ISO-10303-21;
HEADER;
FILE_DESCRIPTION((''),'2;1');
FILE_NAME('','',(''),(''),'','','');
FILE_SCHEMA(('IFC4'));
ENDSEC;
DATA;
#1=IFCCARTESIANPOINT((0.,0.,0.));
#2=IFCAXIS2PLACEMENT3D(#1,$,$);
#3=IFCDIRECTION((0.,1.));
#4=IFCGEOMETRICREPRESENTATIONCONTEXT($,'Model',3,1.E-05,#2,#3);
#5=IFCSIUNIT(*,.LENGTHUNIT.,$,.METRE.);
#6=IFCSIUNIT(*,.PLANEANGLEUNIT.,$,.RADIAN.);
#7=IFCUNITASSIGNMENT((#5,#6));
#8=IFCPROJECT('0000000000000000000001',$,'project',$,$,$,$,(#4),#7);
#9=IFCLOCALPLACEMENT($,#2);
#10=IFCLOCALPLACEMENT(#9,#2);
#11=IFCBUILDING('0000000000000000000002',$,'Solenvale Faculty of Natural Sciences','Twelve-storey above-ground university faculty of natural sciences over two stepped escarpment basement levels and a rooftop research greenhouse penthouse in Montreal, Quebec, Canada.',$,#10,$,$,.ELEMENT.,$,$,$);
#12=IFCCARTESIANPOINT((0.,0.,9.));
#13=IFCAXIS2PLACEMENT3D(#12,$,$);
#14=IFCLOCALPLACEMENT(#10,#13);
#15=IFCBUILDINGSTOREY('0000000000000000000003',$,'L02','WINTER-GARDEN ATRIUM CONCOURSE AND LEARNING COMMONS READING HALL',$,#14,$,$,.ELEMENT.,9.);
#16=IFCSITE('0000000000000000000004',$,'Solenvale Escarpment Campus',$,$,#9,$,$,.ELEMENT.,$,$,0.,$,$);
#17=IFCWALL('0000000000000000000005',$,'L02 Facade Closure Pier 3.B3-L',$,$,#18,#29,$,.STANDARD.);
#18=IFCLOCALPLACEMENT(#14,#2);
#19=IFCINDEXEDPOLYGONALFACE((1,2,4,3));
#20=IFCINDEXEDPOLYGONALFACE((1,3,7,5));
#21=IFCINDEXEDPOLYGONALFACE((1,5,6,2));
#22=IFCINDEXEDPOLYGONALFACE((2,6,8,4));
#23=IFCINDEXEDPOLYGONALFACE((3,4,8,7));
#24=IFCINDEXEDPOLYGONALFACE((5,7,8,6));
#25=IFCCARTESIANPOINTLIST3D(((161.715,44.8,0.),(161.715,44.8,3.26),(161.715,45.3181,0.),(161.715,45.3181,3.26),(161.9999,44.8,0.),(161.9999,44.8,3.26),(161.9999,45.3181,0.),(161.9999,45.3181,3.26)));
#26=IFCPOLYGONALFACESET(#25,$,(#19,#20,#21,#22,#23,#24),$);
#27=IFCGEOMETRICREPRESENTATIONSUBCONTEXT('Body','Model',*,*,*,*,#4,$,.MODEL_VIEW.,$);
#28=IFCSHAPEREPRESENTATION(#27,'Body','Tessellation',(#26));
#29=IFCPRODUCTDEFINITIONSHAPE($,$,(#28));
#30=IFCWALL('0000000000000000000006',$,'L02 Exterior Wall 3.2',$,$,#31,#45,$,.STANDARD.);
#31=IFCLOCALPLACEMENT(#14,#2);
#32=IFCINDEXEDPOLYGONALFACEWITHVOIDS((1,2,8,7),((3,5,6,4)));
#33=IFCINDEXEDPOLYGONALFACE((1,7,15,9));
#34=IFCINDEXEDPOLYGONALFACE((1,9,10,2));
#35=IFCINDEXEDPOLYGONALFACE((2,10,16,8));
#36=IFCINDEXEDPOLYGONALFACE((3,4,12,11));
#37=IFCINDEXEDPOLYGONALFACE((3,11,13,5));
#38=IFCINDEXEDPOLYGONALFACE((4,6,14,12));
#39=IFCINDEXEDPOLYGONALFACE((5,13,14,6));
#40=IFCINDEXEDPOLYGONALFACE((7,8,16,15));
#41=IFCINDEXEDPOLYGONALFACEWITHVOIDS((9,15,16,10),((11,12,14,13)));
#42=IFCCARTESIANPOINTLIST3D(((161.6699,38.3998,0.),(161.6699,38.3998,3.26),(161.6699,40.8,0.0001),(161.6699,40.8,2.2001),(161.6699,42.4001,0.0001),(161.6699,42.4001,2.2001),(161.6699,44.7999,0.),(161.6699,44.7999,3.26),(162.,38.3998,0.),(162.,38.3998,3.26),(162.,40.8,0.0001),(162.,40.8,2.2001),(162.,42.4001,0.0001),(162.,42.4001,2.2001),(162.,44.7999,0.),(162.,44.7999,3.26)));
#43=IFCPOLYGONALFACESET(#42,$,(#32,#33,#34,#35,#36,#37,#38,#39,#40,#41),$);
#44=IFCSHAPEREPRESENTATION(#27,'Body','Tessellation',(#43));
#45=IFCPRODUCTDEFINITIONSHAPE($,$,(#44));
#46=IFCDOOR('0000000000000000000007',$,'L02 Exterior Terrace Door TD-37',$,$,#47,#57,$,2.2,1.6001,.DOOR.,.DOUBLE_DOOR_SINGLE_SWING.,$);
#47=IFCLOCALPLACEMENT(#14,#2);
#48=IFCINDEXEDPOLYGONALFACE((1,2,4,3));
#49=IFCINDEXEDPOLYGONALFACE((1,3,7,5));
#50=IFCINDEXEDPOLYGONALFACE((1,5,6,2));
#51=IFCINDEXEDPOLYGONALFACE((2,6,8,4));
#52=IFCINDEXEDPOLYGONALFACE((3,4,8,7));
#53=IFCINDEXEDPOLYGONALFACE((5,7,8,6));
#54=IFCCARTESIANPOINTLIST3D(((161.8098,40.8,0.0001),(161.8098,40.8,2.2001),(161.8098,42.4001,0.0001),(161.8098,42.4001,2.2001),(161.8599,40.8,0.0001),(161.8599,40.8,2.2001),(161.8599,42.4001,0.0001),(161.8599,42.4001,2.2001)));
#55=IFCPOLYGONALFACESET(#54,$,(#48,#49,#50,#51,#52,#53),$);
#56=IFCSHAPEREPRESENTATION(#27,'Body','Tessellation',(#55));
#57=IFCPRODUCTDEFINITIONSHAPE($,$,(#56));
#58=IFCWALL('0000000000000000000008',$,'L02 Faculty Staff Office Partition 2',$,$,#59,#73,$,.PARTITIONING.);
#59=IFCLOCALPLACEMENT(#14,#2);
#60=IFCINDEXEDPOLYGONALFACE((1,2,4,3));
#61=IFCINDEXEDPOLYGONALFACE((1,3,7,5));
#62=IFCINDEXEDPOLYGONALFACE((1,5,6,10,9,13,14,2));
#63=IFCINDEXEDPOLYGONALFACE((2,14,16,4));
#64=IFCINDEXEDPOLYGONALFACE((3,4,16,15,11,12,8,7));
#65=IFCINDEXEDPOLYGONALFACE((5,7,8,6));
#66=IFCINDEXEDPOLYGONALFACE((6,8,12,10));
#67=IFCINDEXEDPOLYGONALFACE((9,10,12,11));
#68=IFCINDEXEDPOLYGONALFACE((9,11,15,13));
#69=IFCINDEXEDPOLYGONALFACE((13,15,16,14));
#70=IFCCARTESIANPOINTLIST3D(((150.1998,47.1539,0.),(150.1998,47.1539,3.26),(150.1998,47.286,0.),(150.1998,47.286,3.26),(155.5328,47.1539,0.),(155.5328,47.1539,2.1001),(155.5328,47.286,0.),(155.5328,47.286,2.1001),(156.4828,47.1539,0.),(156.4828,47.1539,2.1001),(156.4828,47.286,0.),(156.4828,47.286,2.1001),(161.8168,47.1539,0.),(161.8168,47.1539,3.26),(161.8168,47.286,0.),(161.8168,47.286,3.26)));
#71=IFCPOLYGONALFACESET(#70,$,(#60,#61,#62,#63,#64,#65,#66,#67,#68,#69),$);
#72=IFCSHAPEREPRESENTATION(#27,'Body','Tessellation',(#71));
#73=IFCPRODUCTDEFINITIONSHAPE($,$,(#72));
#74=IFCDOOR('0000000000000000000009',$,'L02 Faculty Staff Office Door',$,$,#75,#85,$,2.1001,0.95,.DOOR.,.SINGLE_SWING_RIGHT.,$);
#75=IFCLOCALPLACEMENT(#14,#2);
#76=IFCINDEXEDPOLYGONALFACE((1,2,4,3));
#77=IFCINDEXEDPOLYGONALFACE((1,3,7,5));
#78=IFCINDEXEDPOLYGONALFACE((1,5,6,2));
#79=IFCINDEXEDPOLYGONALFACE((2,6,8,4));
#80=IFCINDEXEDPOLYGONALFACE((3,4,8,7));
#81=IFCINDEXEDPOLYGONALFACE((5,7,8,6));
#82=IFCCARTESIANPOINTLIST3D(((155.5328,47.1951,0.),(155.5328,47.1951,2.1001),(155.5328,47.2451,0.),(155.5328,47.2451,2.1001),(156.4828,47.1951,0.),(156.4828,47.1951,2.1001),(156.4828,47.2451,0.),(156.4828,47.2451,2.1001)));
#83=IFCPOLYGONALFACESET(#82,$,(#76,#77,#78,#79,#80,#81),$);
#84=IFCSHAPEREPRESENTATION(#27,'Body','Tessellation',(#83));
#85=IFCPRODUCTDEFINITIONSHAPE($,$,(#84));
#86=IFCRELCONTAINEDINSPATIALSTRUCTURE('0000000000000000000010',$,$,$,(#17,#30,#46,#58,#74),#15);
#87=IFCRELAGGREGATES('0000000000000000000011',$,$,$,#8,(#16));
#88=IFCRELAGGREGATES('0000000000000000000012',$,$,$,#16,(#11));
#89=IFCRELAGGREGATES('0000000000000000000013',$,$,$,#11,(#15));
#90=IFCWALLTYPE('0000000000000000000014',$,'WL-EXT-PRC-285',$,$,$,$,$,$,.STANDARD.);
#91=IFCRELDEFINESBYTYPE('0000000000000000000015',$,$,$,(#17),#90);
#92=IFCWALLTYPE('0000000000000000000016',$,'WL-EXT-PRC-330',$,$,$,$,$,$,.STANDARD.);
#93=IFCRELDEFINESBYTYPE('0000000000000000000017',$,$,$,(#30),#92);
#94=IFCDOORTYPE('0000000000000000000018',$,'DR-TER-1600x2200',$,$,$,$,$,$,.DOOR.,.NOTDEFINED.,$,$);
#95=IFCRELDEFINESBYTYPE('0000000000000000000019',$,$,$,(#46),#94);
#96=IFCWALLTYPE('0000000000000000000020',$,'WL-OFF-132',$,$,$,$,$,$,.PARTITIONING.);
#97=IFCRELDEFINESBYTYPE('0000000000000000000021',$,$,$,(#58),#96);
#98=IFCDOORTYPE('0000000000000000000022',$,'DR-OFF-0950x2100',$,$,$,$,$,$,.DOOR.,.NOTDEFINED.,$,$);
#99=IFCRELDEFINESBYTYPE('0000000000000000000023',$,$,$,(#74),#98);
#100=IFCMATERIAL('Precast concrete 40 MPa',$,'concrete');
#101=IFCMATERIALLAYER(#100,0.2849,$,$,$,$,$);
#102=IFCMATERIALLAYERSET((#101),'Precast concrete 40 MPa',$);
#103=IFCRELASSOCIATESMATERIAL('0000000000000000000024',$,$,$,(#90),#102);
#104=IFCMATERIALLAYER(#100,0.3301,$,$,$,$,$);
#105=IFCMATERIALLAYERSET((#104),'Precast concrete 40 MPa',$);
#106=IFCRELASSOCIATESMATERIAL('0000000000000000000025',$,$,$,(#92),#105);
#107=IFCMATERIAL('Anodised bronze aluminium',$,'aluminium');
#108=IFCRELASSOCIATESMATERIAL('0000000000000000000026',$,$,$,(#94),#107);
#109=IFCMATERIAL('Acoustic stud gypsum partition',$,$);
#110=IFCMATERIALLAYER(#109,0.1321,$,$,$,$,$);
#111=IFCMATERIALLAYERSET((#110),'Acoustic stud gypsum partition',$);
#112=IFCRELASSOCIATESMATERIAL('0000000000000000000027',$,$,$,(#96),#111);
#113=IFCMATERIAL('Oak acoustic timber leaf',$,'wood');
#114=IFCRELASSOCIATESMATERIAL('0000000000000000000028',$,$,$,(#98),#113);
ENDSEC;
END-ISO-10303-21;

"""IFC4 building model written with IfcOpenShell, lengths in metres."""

from ifc_helpers import new_model, si_unit, direction, frame, frame_2d, origin, place, context, subcontext, project, spatial, rectangle, extrude, material, layer, layer_set, type_object, element, fill, save


model = new_model("IFC4")

# Units and contexts
model_context = context("Model", 3, precision=1e-05, world=origin(), true_north=direction((0.0, 1.0)))
body_context = subcontext(model_context, "Body", "Model", "MODEL_VIEW")
ifc_project = project(units=[si_unit("LENGTHUNIT", "METRE"), si_unit("PLANEANGLEUNIT", "RADIAN")], contexts=[model_context])

# Site, building, storey
site_placement = place(None, origin())
site = spatial("IfcSite", under=ifc_project, at=site_placement, Name="Solenvale Escarpment Campus", CompositionType="ELEMENT", RefElevation=0.0)
building_placement = place(site_placement, origin())
building = spatial("IfcBuilding", under=site, at=building_placement, Name="Solenvale Faculty of Natural Sciences", Description="Twelve-storey above-ground university faculty of natural sciences over two stepped escarpment basement levels and a rooftop research greenhouse penthouse in Montreal, Quebec, Canada.", CompositionType="ELEMENT")
storey_placement = place(building_placement, frame((0.0, 0.0, 9.0)))
storey = spatial("IfcBuildingStorey", under=building, at=storey_placement, Name="L02", Description="WINTER-GARDEN ATRIUM CONCOURSE AND LEARNING COMMONS READING HALL", CompositionType="ELEMENT", Elevation=9.0)

# Shared definitions
ifc_material_1 = material(Name="Anodised bronze aluminium", Category="aluminium")

# Shared definitions
ifc_material_2 = material(Name="Precast concrete 40 MPa", Category="concrete")

# Wall
ifc_layer_1 = layer(ifc_material_2, 0.2849)
ifc_layer_set_1 = layer_set([ifc_layer_1], Name="Precast concrete 40 MPa")
wall_type_1 = type_object("IfcWallType", Name="WL-EXT-PRC-285", PredefinedType="STANDARD", material=ifc_layer_set_1)
wall_1_placement = place(storey_placement, frame((161.8574, 44.8, 0.0), z_axis=(0.0, 0.0, 1.0), x_axis=(0.0, 1.0, 0.0)))
element("IfcWall", 1, at=wall_1_placement, inside=storey, type_object=wall_type_1, Name="L02 Facade Closure Pier 3.B3-L", PredefinedType="STANDARD", context=body_context, shape_type="SweptSolid", body=[
    extrude(rectangle(XDim=0.5181, YDim=0.2849, at=frame_2d((0.259, 0.0))), origin(), (0.0, 0.0, 1.0), 3.26),
])

# Walls, openings, doors
ifc_layer_2 = layer(ifc_material_2, 0.3301)
ifc_layer_set_2 = layer_set([ifc_layer_2], Name="Precast concrete 40 MPa")
wall_type_2 = type_object("IfcWallType", Name="WL-EXT-PRC-330", PredefinedType="STANDARD", material=ifc_layer_set_2)
wall_2_placement = place(storey_placement, frame((161.835, 44.8, 0.0), z_axis=(0.0, 0.0, 1.0), x_axis=(0.0, -1.0, 0.0)))
wall_2 = element("IfcWall", 2, at=wall_2_placement, inside=storey, type_object=wall_type_2, Name="L02 Exterior Wall 3.2", PredefinedType="STANDARD", context=body_context, shape_type="SweptSolid", body=[
    extrude(rectangle(XDim=6.4001, YDim=0.3301, at=frame_2d((3.2002, 0.0))), origin(), (0.0, 0.0, 1.0), 3.26),
])
opening_1_placement = place(wall_2_placement, frame((2.3999, 0.0, 0.0)))
opening_1 = element("IfcOpeningElement", 3, at=opening_1_placement, cuts=wall_2, PredefinedType="OPENING", context=body_context, shape_type="SweptSolid", body=[
    extrude(rectangle(XDim=1.6001, YDim=2.2, at=frame_2d((0.8, 1.1001))), frame((0.0, 0.175, 0.0), z_axis=(0.0, -1.0, 0.0), x_axis=(1.0, 0.0, 0.0)), (0.0, 0.0, 1.0), 0.3501),
])
door_type_1 = type_object("IfcDoorType", Name="DR-TER-1600x2200", OperationType="NOTDEFINED", PredefinedType="DOOR", material=ifc_material_1)
door_1_placement = place(opening_1_placement, origin())
door_1 = element("IfcDoor", 4, at=door_1_placement, inside=storey, type_object=door_type_1, Name="L02 Exterior Terrace Door TD-37", OperationType="DOUBLE_DOOR_SINGLE_SWING", OverallHeight=2.2, OverallWidth=1.6001, PredefinedType="DOOR", context=body_context, shape_type="SweptSolid", body=[
    extrude(rectangle(XDim=1.6001, YDim=2.2, at=frame_2d((0.8, 1.1001))), frame((0.0, 0.0249, 0.0), z_axis=(0.0, -1.0, 0.0), x_axis=(1.0, 0.0, 0.0)), (0.0, 0.0, 1.0), 0.05),
])
fill(opening_1, door_1)
ifc_material_3 = material(Name="Acoustic stud gypsum partition")
ifc_layer_3 = layer(ifc_material_3, 0.1321)
ifc_layer_set_3 = layer_set([ifc_layer_3], Name="Acoustic stud gypsum partition")
wall_type_3 = type_object("IfcWallType", Name="WL-OFF-132", PredefinedType="PARTITIONING", material=ifc_layer_set_3)
wall_3_placement = place(storey_placement, frame((161.8169, 47.22, 0.0), z_axis=(0.0, 0.0, 1.0), x_axis=(-1.0, 0.0, 0.0)))
wall_3 = element("IfcWall", 5, at=wall_3_placement, inside=storey, type_object=wall_type_3, Name="L02 Faculty Staff Office Partition 2", PredefinedType="PARTITIONING", context=body_context, shape_type="SweptSolid", body=[
    extrude(rectangle(XDim=11.6169, YDim=0.1321, at=frame_2d((5.8086, 0.0))), origin(), (0.0, 0.0, 1.0), 3.26),
])
opening_2_placement = place(wall_3_placement, frame((5.334, 0.0, 0.0)))
opening_2 = element("IfcOpeningElement", 6, at=opening_2_placement, cuts=wall_3, PredefinedType="OPENING", context=body_context, shape_type="SweptSolid", body=[
    extrude(rectangle(XDim=0.95, YDim=2.1001, at=frame_2d((0.4751, 1.05))), frame((0.0, 0.0759, 0.0), z_axis=(0.0, -1.0, 0.0), x_axis=(1.0, 0.0, 0.0)), (0.0, 0.0, 1.0), 0.1521),
])
ifc_material_4 = material(Name="Oak acoustic timber leaf", Category="wood")
door_type_2 = type_object("IfcDoorType", Name="DR-OFF-0950x2100", OperationType="NOTDEFINED", PredefinedType="DOOR", material=ifc_material_4)
door_2_placement = place(opening_2_placement, origin())
door_2 = element("IfcDoor", 7, at=door_2_placement, inside=storey, type_object=door_type_2, Name="L02 Faculty Staff Office Door", OperationType="SINGLE_SWING_RIGHT", OverallHeight=2.1001, OverallWidth=0.95, PredefinedType="DOOR", context=body_context, shape_type="SweptSolid", body=[
    extrude(rectangle(XDim=0.95, YDim=2.1001, at=frame_2d((0.4751, 1.05))), frame((0.0, 0.0249, 0.0), z_axis=(0.0, -1.0, 0.0), x_axis=(1.0, 0.0, 0.0)), (0.0, 0.0, 1.0), 0.05),
])
fill(opening_2, door_2)

save(model, "model.ifc")
